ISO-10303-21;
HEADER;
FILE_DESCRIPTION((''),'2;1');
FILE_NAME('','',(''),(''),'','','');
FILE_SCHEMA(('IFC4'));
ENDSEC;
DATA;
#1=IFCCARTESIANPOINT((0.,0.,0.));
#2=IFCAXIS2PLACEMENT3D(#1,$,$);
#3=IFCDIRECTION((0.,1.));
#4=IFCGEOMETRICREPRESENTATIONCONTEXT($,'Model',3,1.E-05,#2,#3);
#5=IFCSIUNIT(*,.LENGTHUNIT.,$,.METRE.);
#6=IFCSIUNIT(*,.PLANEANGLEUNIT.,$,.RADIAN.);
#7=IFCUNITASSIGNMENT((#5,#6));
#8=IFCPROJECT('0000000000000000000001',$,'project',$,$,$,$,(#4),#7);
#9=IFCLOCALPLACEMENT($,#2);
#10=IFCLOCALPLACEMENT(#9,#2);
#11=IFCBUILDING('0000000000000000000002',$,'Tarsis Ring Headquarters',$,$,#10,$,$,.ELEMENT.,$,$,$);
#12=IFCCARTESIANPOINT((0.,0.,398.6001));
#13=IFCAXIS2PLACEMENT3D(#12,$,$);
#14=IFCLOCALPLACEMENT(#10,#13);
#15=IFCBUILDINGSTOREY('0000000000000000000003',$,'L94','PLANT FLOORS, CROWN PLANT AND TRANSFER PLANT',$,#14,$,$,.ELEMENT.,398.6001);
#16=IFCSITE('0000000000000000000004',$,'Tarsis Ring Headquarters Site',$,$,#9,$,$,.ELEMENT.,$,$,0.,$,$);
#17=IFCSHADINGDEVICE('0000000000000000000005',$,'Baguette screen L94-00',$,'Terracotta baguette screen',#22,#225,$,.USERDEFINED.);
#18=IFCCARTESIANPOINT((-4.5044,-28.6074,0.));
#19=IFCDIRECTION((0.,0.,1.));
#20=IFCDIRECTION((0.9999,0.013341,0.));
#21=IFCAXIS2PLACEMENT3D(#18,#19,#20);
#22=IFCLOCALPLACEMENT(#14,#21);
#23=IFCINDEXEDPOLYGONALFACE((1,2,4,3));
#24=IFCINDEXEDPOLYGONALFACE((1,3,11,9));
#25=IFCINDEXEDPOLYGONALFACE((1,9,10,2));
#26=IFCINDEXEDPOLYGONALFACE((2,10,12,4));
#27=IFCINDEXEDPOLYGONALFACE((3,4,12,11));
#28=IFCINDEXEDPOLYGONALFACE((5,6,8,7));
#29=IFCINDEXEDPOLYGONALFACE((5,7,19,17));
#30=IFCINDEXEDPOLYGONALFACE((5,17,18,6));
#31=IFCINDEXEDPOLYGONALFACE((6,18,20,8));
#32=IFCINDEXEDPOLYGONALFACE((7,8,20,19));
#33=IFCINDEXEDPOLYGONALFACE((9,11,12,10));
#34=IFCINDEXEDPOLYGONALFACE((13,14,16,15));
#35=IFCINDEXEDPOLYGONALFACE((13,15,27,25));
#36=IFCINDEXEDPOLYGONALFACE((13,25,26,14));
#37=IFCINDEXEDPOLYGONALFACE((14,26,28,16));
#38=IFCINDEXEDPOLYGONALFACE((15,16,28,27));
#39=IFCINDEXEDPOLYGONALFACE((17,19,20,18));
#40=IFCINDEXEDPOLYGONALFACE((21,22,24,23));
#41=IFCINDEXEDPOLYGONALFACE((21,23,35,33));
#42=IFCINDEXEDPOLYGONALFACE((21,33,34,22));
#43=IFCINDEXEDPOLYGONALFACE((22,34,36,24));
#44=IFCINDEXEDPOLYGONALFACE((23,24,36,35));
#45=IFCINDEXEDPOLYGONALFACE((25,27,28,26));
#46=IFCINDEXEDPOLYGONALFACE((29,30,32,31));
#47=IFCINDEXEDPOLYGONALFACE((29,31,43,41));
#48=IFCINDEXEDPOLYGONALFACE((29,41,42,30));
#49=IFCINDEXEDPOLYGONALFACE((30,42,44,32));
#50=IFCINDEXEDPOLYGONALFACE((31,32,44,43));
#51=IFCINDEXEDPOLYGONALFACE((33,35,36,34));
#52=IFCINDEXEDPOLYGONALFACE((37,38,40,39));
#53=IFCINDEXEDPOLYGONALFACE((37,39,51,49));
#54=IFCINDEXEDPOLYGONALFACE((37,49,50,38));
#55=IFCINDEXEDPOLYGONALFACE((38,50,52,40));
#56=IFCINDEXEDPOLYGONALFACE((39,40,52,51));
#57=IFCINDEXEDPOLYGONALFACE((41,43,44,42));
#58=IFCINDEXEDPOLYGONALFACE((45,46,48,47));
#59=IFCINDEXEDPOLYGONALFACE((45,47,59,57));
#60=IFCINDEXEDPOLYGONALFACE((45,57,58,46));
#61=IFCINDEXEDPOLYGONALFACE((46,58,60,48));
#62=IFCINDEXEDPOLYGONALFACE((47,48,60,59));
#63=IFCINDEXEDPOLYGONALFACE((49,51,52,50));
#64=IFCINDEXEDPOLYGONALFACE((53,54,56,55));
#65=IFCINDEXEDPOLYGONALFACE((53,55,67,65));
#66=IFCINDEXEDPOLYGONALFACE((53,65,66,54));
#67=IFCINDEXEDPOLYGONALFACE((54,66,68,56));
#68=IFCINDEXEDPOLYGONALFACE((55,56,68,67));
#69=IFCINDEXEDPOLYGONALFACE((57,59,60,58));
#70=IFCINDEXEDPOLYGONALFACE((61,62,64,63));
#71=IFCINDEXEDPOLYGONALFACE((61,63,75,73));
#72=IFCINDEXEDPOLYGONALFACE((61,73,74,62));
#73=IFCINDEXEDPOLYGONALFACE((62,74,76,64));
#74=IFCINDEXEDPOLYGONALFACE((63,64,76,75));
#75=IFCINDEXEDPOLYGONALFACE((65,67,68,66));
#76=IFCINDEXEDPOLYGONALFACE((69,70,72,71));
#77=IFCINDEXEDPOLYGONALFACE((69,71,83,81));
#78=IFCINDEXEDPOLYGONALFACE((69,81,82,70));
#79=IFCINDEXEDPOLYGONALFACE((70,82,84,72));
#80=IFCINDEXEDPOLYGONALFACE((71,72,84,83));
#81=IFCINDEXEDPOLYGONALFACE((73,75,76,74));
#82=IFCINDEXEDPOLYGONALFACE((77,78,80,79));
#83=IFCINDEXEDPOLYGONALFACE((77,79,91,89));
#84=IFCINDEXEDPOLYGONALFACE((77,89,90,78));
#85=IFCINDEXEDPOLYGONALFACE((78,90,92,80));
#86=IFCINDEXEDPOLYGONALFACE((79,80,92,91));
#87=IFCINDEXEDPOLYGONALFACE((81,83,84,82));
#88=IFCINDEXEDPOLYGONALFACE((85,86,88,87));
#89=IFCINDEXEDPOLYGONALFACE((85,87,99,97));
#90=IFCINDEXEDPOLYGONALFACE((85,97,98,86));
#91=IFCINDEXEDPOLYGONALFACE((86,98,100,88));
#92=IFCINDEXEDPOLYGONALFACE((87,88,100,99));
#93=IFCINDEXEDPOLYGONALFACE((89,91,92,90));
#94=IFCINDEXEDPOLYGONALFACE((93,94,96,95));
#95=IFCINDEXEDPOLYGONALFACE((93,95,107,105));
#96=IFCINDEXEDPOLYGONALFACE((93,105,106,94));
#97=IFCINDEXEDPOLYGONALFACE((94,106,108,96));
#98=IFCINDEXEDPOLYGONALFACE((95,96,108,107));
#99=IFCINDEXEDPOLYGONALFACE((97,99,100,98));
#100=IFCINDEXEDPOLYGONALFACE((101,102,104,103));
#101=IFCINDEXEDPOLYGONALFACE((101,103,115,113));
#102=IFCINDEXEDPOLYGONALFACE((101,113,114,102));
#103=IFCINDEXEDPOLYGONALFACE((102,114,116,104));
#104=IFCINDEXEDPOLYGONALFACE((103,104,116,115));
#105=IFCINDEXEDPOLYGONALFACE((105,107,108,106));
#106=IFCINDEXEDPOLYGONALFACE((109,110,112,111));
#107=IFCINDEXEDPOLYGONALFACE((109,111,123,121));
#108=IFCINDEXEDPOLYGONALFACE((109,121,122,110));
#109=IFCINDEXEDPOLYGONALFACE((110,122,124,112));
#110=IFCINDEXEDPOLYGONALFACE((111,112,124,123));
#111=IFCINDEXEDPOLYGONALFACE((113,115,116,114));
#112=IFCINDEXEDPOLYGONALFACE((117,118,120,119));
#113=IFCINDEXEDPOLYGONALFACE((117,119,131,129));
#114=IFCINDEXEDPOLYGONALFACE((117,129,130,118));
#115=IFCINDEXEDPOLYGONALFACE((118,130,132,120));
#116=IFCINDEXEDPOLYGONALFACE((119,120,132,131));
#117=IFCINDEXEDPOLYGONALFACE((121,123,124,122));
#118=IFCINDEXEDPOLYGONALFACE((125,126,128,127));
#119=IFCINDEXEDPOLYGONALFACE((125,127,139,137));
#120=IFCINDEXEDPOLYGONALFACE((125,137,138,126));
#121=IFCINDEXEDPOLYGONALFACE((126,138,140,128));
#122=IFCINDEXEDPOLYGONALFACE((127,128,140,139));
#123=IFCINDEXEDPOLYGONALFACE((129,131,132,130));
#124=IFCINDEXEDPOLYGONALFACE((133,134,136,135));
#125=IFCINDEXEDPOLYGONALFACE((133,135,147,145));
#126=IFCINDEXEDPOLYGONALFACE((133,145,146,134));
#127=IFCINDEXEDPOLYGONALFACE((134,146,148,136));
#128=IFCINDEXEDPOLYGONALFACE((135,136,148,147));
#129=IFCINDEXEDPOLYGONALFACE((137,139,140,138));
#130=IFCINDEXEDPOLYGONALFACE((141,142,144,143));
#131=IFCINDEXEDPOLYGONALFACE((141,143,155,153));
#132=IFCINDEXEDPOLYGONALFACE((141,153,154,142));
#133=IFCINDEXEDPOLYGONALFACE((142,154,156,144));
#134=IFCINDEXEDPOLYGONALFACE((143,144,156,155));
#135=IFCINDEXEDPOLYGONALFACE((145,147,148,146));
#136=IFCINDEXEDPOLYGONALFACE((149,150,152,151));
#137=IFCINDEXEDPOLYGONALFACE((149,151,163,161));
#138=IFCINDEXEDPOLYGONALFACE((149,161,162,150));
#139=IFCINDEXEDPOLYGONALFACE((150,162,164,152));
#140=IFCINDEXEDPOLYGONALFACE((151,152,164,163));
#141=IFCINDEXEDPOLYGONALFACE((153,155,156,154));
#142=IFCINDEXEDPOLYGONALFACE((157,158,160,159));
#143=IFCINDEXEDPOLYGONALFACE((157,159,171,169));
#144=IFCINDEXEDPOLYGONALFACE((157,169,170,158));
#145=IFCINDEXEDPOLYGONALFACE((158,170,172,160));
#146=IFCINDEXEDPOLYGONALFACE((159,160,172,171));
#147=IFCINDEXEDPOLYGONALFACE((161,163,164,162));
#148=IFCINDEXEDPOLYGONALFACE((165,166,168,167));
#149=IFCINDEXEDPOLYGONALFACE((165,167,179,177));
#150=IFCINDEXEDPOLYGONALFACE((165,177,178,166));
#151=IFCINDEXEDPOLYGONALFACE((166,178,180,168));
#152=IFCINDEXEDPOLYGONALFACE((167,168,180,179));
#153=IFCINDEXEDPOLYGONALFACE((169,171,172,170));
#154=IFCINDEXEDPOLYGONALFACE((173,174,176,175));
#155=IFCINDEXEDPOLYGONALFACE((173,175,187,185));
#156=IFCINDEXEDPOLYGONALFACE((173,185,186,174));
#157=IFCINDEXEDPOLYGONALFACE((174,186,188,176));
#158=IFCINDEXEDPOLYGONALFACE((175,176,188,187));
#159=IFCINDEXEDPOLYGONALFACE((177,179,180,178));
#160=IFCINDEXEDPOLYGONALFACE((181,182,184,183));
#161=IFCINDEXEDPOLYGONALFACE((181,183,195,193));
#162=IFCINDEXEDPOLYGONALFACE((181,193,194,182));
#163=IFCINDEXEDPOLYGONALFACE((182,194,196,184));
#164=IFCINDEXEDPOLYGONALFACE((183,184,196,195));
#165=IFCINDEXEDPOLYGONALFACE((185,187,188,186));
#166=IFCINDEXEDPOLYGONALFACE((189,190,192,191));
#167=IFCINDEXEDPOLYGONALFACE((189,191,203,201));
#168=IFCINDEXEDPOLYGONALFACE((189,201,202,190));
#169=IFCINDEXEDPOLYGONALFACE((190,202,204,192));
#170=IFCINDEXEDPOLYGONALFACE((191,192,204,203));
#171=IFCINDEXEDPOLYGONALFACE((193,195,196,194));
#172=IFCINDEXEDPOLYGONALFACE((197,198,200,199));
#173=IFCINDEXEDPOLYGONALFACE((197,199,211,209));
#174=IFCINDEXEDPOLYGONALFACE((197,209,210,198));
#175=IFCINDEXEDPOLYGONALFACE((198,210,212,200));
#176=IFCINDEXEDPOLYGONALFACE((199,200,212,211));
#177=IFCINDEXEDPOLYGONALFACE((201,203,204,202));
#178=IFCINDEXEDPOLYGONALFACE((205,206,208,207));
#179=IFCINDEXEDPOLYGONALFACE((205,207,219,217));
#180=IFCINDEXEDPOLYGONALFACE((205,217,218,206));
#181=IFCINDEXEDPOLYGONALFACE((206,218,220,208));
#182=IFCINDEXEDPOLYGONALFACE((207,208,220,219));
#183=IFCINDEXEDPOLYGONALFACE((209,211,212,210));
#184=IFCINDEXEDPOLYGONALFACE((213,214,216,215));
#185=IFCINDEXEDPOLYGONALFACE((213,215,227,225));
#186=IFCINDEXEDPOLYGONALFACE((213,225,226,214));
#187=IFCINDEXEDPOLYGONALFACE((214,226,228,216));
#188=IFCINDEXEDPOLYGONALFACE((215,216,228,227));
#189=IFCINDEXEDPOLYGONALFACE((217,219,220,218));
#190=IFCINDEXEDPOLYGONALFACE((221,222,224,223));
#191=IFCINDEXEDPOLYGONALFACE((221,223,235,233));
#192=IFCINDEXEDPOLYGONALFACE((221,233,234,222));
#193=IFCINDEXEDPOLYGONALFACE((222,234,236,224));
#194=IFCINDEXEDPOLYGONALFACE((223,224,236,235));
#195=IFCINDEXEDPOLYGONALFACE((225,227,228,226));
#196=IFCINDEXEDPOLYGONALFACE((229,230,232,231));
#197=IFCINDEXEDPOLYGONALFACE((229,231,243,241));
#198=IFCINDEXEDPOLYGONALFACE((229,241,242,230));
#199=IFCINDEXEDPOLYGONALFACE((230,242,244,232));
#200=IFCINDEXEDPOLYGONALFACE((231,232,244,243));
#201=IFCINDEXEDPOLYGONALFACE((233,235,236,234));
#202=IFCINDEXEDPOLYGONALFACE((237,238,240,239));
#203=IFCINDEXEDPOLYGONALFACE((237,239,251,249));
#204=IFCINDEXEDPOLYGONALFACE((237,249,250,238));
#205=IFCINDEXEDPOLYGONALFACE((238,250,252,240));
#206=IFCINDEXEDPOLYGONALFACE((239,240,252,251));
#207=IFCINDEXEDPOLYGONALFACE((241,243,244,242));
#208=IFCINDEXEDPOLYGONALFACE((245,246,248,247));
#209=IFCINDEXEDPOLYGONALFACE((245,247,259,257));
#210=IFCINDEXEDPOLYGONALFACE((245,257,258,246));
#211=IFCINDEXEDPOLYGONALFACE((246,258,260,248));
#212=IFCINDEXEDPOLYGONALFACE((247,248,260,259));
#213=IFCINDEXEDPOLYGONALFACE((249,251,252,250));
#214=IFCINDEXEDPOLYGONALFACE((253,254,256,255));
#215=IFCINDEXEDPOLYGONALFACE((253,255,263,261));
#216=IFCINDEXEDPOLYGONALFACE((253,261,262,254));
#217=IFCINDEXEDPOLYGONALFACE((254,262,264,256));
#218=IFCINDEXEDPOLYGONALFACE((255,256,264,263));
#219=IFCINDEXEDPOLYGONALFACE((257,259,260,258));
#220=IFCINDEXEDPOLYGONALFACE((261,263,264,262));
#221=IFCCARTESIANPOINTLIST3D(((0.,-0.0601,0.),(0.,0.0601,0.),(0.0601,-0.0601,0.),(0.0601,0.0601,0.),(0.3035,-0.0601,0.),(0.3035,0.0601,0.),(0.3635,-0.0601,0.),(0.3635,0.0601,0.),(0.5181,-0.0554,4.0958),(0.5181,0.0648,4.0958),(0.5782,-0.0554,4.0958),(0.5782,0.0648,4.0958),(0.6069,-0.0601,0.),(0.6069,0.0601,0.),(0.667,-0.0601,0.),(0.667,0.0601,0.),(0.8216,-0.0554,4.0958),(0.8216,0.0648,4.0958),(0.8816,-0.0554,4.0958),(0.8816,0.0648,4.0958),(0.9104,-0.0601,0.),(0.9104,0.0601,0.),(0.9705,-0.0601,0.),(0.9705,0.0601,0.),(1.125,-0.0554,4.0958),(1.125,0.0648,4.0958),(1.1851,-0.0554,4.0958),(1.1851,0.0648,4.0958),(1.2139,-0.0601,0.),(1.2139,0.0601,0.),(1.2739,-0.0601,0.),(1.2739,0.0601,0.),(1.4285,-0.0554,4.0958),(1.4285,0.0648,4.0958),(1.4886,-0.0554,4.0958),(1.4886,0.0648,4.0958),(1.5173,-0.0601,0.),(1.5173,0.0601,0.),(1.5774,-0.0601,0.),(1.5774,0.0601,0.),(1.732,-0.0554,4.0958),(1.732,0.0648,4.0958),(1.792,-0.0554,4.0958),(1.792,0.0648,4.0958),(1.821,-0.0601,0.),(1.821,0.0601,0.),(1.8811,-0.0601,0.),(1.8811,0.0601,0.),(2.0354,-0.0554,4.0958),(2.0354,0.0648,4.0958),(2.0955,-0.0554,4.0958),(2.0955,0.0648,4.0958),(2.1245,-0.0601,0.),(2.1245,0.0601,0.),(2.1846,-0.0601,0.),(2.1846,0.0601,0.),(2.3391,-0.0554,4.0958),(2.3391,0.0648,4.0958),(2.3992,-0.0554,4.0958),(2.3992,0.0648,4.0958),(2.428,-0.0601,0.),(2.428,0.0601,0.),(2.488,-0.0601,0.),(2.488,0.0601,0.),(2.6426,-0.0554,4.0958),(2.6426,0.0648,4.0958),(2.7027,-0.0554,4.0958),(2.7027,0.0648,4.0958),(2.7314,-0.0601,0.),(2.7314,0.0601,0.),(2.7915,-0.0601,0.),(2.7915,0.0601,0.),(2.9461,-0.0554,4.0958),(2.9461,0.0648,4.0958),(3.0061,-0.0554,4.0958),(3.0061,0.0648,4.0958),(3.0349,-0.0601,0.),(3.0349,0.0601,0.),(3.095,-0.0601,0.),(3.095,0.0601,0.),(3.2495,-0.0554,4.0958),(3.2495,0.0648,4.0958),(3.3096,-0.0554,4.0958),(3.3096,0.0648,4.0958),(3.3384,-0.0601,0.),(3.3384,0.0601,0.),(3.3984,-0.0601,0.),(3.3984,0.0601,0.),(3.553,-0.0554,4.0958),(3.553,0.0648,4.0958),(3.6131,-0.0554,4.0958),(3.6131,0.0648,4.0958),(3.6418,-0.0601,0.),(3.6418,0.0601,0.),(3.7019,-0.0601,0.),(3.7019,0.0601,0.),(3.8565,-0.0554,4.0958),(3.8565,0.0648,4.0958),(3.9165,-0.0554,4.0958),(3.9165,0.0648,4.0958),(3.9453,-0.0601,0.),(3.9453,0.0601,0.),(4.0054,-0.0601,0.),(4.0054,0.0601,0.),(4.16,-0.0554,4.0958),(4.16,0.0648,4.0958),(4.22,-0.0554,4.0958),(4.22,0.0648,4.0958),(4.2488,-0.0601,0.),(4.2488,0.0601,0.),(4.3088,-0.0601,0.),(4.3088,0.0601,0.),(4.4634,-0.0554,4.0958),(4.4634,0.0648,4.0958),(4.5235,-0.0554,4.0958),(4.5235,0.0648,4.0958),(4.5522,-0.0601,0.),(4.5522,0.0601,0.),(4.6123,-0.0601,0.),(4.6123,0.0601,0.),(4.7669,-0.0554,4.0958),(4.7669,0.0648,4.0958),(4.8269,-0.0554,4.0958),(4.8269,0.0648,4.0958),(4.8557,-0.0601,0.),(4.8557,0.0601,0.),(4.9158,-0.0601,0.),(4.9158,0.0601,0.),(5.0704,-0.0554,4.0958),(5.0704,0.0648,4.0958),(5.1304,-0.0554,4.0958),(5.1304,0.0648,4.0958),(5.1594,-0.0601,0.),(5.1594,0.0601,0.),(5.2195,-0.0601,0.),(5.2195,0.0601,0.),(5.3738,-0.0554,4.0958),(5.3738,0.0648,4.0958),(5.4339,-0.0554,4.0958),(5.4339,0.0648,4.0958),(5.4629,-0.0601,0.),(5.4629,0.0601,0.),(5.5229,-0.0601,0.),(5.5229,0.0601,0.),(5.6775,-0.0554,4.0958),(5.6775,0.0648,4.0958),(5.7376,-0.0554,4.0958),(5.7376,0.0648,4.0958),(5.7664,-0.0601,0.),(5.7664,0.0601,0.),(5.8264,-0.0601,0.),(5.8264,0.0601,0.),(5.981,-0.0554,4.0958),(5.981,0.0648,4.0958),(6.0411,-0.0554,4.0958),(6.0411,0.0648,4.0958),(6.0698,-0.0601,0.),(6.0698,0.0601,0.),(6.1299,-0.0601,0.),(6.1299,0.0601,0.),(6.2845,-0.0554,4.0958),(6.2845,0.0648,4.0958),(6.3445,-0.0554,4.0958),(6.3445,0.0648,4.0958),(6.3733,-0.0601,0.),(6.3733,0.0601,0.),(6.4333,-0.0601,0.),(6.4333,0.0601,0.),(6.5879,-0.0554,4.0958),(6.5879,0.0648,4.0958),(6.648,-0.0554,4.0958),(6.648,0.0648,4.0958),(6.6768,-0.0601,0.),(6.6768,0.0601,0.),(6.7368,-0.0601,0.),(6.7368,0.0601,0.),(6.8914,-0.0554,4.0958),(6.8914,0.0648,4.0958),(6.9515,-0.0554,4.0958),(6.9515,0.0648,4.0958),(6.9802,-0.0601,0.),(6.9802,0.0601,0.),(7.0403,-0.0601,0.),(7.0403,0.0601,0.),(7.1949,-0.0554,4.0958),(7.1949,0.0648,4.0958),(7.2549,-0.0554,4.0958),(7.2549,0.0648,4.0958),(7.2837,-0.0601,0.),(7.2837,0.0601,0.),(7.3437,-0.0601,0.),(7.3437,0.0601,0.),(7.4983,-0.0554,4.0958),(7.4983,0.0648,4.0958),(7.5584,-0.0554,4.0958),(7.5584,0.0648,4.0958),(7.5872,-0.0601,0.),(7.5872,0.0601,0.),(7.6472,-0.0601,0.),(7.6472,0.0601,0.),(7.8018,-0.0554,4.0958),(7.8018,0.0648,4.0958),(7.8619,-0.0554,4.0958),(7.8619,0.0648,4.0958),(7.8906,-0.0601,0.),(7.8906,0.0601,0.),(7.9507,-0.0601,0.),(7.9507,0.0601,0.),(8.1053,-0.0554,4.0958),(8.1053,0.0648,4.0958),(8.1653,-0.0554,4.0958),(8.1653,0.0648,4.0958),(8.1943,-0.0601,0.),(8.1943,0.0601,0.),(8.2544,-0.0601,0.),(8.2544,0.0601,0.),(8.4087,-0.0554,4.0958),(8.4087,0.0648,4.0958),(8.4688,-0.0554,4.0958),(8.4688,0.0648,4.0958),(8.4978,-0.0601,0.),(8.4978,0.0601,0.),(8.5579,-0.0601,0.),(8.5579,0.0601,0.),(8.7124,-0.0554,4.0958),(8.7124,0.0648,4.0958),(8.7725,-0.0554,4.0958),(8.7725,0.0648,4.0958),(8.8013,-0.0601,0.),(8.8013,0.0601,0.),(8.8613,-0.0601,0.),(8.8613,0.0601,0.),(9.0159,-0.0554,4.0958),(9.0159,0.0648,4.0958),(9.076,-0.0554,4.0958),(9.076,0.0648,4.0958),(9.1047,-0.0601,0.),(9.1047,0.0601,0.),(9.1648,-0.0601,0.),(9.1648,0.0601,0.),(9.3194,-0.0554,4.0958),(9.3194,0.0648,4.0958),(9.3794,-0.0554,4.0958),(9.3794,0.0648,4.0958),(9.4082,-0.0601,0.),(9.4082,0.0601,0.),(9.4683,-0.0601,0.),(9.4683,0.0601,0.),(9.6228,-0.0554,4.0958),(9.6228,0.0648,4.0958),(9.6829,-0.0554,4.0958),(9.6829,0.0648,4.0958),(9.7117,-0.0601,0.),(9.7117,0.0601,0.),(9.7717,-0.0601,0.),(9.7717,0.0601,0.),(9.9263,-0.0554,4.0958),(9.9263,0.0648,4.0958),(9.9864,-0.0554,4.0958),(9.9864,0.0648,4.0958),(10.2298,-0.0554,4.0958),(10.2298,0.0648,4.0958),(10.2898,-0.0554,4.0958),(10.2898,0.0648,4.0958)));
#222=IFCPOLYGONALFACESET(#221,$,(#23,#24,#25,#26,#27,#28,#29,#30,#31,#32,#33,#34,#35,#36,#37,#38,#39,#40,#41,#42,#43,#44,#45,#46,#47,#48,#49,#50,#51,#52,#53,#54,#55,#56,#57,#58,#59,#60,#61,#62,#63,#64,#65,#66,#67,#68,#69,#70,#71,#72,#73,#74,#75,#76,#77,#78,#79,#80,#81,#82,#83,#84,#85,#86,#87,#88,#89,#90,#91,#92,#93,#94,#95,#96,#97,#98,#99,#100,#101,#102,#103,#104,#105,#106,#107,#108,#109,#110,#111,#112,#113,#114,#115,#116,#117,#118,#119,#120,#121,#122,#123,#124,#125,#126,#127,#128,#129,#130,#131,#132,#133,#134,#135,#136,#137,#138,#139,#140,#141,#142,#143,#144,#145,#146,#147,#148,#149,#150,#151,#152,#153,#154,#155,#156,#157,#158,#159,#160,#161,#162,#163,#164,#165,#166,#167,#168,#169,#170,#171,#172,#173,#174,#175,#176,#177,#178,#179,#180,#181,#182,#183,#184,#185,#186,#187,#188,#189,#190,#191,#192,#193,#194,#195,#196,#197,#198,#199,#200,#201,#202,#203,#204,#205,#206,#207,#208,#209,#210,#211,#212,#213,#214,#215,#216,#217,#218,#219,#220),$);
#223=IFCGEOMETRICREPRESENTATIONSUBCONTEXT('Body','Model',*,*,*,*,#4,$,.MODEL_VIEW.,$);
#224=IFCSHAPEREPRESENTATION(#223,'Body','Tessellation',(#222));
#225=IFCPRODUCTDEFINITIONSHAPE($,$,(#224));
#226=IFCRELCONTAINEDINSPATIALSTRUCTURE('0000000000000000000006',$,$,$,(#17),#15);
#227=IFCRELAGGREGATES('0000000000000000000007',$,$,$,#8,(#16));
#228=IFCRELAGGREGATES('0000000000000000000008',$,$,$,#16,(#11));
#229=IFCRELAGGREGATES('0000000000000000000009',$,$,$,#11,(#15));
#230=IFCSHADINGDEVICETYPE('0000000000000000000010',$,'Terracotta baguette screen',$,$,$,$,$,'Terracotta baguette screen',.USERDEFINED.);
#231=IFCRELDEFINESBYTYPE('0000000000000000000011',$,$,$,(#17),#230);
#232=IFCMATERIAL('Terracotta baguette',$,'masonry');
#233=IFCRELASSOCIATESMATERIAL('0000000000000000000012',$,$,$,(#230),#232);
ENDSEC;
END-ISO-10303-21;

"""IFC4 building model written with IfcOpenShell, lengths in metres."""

from ifc_helpers import new_model, si_unit, direction, frame, frame_2d, origin, place, context, subcontext, project, spatial, rectangle, composite_profile, extrude, material, type_object, element, save


model = new_model("IFC4")

# Units and contexts
model_context = context("Model", 3, precision=1e-05, world=origin(), true_north=direction((0.0, 1.0)))
body_context = subcontext(model_context, "Body", "Model", "MODEL_VIEW")
ifc_project = project(units=[si_unit("LENGTHUNIT", "METRE"), si_unit("PLANEANGLEUNIT", "RADIAN")], contexts=[model_context])

# Site, building, storey
site_placement = place(None, origin())
site = spatial("IfcSite", under=ifc_project, at=site_placement, Name="Tarsis Ring Headquarters Site", CompositionType="ELEMENT", RefElevation=0.0)
building_placement = place(site_placement, origin())
building = spatial("IfcBuilding", under=site, at=building_placement, Name="Tarsis Ring Headquarters", CompositionType="ELEMENT")
storey_placement = place(building_placement, frame((0.0, 0.0, 398.6001)))
storey = spatial("IfcBuildingStorey", under=building, at=storey_placement, Name="L94", Description="PLANT FLOORS, CROWN PLANT AND TRANSFER PLANT", CompositionType="ELEMENT", Elevation=398.6001)

# Shading device
ifc_material_1 = material(Name="Terracotta baguette", Category="masonry")
shading_device_type_1 = type_object("IfcShadingDeviceType", Name="Terracotta baguette screen", ElementType="Terracotta baguette screen", PredefinedType="USERDEFINED", material=ifc_material_1)
shading_device_1_placement = place(storey_placement, frame((-4.5044, -28.6074, 0.0), z_axis=(0.0, 0.0, 1.0), x_axis=(0.9999, 0.013341, 0.0)))
element("IfcShadingDevice", 1, at=shading_device_1_placement, inside=storey, type_object=shading_device_type_1, Name="Baguette screen L94-00", ObjectType="Terracotta baguette screen", PredefinedType="USERDEFINED", context=body_context, shape_type="SweptSolid", body=[
    extrude(composite_profile([rectangle(XDim=0.0601, YDim=0.1201, at=frame_2d((0.03, 0.0))), rectangle(XDim=0.0601, YDim=0.1201, at=frame_2d((0.3335, 0.0))), rectangle(XDim=0.0601, YDim=0.1201, at=frame_2d((0.637, 0.0))), rectangle(XDim=0.0601, YDim=0.1201, at=frame_2d((0.9404, 0.0))), rectangle(XDim=0.0601, YDim=0.1201, at=frame_2d((1.2439, 0.0))), rectangle(XDim=0.0601, YDim=0.1201, at=frame_2d((1.5474, 0.0))), rectangle(XDim=0.0601, YDim=0.1201, at=frame_2d((1.8511, 0.0))), rectangle(XDim=0.0601, YDim=0.1201, at=frame_2d((2.1545, 0.0))), rectangle(XDim=0.0601, YDim=0.1201, at=frame_2d((2.458, 0.0))), rectangle(XDim=0.0601, YDim=0.1201, at=frame_2d((2.7615, 0.0))), rectangle(XDim=0.0601, YDim=0.1201, at=frame_2d((3.0649, 0.0))), rectangle(XDim=0.0601, YDim=0.1201, at=frame_2d((3.3684, 0.0))), rectangle(XDim=0.0601, YDim=0.1201, at=frame_2d((3.6719, 0.0))), rectangle(XDim=0.0601, YDim=0.1201, at=frame_2d((3.9753, 0.0))), rectangle(XDim=0.0601, YDim=0.1201, at=frame_2d((4.2788, 0.0))), rectangle(XDim=0.0601, YDim=0.1201, at=frame_2d((4.5823, 0.0))), rectangle(XDim=0.0601, YDim=0.1201, at=frame_2d((4.8857, 0.0))), rectangle(XDim=0.0601, YDim=0.1201, at=frame_2d((5.1895, 0.0))), rectangle(XDim=0.0601, YDim=0.1201, at=frame_2d((5.4929, 0.0))), rectangle(XDim=0.0601, YDim=0.1201, at=frame_2d((5.7964, 0.0))), rectangle(XDim=0.0601, YDim=0.1201, at=frame_2d((6.0999, 0.0))), rectangle(XDim=0.0601, YDim=0.1201, at=frame_2d((6.4033, 0.0))), rectangle(XDim=0.0601, YDim=0.1201, at=frame_2d((6.7068, 0.0))), rectangle(XDim=0.0601, YDim=0.1201, at=frame_2d((7.0103, 0.0))), rectangle(XDim=0.0601, YDim=0.1201, at=frame_2d((7.3137, 0.0))), rectangle(XDim=0.0601, YDim=0.1201, at=frame_2d((7.6172, 0.0))), rectangle(XDim=0.0601, YDim=0.1201, at=frame_2d((7.9207, 0.0))), rectangle(XDim=0.0601, YDim=0.1201, at=frame_2d((8.2244, 0.0))), rectangle(XDim=0.0601, YDim=0.1201, at=frame_2d((8.5278, 0.0))), rectangle(XDim=0.0601, YDim=0.1201, at=frame_2d((8.8313, 0.0))), rectangle(XDim=0.0601, YDim=0.1201, at=frame_2d((9.1348, 0.0))), rectangle(XDim=0.0601, YDim=0.1201, at=frame_2d((9.4382, 0.0))), rectangle(XDim=0.0601, YDim=0.1201, at=frame_2d((9.7417, 0.0)))]), origin(), (0.125497, 0.00114, 0.992093), 4.1284),
])

save(model, "model.ifc")
